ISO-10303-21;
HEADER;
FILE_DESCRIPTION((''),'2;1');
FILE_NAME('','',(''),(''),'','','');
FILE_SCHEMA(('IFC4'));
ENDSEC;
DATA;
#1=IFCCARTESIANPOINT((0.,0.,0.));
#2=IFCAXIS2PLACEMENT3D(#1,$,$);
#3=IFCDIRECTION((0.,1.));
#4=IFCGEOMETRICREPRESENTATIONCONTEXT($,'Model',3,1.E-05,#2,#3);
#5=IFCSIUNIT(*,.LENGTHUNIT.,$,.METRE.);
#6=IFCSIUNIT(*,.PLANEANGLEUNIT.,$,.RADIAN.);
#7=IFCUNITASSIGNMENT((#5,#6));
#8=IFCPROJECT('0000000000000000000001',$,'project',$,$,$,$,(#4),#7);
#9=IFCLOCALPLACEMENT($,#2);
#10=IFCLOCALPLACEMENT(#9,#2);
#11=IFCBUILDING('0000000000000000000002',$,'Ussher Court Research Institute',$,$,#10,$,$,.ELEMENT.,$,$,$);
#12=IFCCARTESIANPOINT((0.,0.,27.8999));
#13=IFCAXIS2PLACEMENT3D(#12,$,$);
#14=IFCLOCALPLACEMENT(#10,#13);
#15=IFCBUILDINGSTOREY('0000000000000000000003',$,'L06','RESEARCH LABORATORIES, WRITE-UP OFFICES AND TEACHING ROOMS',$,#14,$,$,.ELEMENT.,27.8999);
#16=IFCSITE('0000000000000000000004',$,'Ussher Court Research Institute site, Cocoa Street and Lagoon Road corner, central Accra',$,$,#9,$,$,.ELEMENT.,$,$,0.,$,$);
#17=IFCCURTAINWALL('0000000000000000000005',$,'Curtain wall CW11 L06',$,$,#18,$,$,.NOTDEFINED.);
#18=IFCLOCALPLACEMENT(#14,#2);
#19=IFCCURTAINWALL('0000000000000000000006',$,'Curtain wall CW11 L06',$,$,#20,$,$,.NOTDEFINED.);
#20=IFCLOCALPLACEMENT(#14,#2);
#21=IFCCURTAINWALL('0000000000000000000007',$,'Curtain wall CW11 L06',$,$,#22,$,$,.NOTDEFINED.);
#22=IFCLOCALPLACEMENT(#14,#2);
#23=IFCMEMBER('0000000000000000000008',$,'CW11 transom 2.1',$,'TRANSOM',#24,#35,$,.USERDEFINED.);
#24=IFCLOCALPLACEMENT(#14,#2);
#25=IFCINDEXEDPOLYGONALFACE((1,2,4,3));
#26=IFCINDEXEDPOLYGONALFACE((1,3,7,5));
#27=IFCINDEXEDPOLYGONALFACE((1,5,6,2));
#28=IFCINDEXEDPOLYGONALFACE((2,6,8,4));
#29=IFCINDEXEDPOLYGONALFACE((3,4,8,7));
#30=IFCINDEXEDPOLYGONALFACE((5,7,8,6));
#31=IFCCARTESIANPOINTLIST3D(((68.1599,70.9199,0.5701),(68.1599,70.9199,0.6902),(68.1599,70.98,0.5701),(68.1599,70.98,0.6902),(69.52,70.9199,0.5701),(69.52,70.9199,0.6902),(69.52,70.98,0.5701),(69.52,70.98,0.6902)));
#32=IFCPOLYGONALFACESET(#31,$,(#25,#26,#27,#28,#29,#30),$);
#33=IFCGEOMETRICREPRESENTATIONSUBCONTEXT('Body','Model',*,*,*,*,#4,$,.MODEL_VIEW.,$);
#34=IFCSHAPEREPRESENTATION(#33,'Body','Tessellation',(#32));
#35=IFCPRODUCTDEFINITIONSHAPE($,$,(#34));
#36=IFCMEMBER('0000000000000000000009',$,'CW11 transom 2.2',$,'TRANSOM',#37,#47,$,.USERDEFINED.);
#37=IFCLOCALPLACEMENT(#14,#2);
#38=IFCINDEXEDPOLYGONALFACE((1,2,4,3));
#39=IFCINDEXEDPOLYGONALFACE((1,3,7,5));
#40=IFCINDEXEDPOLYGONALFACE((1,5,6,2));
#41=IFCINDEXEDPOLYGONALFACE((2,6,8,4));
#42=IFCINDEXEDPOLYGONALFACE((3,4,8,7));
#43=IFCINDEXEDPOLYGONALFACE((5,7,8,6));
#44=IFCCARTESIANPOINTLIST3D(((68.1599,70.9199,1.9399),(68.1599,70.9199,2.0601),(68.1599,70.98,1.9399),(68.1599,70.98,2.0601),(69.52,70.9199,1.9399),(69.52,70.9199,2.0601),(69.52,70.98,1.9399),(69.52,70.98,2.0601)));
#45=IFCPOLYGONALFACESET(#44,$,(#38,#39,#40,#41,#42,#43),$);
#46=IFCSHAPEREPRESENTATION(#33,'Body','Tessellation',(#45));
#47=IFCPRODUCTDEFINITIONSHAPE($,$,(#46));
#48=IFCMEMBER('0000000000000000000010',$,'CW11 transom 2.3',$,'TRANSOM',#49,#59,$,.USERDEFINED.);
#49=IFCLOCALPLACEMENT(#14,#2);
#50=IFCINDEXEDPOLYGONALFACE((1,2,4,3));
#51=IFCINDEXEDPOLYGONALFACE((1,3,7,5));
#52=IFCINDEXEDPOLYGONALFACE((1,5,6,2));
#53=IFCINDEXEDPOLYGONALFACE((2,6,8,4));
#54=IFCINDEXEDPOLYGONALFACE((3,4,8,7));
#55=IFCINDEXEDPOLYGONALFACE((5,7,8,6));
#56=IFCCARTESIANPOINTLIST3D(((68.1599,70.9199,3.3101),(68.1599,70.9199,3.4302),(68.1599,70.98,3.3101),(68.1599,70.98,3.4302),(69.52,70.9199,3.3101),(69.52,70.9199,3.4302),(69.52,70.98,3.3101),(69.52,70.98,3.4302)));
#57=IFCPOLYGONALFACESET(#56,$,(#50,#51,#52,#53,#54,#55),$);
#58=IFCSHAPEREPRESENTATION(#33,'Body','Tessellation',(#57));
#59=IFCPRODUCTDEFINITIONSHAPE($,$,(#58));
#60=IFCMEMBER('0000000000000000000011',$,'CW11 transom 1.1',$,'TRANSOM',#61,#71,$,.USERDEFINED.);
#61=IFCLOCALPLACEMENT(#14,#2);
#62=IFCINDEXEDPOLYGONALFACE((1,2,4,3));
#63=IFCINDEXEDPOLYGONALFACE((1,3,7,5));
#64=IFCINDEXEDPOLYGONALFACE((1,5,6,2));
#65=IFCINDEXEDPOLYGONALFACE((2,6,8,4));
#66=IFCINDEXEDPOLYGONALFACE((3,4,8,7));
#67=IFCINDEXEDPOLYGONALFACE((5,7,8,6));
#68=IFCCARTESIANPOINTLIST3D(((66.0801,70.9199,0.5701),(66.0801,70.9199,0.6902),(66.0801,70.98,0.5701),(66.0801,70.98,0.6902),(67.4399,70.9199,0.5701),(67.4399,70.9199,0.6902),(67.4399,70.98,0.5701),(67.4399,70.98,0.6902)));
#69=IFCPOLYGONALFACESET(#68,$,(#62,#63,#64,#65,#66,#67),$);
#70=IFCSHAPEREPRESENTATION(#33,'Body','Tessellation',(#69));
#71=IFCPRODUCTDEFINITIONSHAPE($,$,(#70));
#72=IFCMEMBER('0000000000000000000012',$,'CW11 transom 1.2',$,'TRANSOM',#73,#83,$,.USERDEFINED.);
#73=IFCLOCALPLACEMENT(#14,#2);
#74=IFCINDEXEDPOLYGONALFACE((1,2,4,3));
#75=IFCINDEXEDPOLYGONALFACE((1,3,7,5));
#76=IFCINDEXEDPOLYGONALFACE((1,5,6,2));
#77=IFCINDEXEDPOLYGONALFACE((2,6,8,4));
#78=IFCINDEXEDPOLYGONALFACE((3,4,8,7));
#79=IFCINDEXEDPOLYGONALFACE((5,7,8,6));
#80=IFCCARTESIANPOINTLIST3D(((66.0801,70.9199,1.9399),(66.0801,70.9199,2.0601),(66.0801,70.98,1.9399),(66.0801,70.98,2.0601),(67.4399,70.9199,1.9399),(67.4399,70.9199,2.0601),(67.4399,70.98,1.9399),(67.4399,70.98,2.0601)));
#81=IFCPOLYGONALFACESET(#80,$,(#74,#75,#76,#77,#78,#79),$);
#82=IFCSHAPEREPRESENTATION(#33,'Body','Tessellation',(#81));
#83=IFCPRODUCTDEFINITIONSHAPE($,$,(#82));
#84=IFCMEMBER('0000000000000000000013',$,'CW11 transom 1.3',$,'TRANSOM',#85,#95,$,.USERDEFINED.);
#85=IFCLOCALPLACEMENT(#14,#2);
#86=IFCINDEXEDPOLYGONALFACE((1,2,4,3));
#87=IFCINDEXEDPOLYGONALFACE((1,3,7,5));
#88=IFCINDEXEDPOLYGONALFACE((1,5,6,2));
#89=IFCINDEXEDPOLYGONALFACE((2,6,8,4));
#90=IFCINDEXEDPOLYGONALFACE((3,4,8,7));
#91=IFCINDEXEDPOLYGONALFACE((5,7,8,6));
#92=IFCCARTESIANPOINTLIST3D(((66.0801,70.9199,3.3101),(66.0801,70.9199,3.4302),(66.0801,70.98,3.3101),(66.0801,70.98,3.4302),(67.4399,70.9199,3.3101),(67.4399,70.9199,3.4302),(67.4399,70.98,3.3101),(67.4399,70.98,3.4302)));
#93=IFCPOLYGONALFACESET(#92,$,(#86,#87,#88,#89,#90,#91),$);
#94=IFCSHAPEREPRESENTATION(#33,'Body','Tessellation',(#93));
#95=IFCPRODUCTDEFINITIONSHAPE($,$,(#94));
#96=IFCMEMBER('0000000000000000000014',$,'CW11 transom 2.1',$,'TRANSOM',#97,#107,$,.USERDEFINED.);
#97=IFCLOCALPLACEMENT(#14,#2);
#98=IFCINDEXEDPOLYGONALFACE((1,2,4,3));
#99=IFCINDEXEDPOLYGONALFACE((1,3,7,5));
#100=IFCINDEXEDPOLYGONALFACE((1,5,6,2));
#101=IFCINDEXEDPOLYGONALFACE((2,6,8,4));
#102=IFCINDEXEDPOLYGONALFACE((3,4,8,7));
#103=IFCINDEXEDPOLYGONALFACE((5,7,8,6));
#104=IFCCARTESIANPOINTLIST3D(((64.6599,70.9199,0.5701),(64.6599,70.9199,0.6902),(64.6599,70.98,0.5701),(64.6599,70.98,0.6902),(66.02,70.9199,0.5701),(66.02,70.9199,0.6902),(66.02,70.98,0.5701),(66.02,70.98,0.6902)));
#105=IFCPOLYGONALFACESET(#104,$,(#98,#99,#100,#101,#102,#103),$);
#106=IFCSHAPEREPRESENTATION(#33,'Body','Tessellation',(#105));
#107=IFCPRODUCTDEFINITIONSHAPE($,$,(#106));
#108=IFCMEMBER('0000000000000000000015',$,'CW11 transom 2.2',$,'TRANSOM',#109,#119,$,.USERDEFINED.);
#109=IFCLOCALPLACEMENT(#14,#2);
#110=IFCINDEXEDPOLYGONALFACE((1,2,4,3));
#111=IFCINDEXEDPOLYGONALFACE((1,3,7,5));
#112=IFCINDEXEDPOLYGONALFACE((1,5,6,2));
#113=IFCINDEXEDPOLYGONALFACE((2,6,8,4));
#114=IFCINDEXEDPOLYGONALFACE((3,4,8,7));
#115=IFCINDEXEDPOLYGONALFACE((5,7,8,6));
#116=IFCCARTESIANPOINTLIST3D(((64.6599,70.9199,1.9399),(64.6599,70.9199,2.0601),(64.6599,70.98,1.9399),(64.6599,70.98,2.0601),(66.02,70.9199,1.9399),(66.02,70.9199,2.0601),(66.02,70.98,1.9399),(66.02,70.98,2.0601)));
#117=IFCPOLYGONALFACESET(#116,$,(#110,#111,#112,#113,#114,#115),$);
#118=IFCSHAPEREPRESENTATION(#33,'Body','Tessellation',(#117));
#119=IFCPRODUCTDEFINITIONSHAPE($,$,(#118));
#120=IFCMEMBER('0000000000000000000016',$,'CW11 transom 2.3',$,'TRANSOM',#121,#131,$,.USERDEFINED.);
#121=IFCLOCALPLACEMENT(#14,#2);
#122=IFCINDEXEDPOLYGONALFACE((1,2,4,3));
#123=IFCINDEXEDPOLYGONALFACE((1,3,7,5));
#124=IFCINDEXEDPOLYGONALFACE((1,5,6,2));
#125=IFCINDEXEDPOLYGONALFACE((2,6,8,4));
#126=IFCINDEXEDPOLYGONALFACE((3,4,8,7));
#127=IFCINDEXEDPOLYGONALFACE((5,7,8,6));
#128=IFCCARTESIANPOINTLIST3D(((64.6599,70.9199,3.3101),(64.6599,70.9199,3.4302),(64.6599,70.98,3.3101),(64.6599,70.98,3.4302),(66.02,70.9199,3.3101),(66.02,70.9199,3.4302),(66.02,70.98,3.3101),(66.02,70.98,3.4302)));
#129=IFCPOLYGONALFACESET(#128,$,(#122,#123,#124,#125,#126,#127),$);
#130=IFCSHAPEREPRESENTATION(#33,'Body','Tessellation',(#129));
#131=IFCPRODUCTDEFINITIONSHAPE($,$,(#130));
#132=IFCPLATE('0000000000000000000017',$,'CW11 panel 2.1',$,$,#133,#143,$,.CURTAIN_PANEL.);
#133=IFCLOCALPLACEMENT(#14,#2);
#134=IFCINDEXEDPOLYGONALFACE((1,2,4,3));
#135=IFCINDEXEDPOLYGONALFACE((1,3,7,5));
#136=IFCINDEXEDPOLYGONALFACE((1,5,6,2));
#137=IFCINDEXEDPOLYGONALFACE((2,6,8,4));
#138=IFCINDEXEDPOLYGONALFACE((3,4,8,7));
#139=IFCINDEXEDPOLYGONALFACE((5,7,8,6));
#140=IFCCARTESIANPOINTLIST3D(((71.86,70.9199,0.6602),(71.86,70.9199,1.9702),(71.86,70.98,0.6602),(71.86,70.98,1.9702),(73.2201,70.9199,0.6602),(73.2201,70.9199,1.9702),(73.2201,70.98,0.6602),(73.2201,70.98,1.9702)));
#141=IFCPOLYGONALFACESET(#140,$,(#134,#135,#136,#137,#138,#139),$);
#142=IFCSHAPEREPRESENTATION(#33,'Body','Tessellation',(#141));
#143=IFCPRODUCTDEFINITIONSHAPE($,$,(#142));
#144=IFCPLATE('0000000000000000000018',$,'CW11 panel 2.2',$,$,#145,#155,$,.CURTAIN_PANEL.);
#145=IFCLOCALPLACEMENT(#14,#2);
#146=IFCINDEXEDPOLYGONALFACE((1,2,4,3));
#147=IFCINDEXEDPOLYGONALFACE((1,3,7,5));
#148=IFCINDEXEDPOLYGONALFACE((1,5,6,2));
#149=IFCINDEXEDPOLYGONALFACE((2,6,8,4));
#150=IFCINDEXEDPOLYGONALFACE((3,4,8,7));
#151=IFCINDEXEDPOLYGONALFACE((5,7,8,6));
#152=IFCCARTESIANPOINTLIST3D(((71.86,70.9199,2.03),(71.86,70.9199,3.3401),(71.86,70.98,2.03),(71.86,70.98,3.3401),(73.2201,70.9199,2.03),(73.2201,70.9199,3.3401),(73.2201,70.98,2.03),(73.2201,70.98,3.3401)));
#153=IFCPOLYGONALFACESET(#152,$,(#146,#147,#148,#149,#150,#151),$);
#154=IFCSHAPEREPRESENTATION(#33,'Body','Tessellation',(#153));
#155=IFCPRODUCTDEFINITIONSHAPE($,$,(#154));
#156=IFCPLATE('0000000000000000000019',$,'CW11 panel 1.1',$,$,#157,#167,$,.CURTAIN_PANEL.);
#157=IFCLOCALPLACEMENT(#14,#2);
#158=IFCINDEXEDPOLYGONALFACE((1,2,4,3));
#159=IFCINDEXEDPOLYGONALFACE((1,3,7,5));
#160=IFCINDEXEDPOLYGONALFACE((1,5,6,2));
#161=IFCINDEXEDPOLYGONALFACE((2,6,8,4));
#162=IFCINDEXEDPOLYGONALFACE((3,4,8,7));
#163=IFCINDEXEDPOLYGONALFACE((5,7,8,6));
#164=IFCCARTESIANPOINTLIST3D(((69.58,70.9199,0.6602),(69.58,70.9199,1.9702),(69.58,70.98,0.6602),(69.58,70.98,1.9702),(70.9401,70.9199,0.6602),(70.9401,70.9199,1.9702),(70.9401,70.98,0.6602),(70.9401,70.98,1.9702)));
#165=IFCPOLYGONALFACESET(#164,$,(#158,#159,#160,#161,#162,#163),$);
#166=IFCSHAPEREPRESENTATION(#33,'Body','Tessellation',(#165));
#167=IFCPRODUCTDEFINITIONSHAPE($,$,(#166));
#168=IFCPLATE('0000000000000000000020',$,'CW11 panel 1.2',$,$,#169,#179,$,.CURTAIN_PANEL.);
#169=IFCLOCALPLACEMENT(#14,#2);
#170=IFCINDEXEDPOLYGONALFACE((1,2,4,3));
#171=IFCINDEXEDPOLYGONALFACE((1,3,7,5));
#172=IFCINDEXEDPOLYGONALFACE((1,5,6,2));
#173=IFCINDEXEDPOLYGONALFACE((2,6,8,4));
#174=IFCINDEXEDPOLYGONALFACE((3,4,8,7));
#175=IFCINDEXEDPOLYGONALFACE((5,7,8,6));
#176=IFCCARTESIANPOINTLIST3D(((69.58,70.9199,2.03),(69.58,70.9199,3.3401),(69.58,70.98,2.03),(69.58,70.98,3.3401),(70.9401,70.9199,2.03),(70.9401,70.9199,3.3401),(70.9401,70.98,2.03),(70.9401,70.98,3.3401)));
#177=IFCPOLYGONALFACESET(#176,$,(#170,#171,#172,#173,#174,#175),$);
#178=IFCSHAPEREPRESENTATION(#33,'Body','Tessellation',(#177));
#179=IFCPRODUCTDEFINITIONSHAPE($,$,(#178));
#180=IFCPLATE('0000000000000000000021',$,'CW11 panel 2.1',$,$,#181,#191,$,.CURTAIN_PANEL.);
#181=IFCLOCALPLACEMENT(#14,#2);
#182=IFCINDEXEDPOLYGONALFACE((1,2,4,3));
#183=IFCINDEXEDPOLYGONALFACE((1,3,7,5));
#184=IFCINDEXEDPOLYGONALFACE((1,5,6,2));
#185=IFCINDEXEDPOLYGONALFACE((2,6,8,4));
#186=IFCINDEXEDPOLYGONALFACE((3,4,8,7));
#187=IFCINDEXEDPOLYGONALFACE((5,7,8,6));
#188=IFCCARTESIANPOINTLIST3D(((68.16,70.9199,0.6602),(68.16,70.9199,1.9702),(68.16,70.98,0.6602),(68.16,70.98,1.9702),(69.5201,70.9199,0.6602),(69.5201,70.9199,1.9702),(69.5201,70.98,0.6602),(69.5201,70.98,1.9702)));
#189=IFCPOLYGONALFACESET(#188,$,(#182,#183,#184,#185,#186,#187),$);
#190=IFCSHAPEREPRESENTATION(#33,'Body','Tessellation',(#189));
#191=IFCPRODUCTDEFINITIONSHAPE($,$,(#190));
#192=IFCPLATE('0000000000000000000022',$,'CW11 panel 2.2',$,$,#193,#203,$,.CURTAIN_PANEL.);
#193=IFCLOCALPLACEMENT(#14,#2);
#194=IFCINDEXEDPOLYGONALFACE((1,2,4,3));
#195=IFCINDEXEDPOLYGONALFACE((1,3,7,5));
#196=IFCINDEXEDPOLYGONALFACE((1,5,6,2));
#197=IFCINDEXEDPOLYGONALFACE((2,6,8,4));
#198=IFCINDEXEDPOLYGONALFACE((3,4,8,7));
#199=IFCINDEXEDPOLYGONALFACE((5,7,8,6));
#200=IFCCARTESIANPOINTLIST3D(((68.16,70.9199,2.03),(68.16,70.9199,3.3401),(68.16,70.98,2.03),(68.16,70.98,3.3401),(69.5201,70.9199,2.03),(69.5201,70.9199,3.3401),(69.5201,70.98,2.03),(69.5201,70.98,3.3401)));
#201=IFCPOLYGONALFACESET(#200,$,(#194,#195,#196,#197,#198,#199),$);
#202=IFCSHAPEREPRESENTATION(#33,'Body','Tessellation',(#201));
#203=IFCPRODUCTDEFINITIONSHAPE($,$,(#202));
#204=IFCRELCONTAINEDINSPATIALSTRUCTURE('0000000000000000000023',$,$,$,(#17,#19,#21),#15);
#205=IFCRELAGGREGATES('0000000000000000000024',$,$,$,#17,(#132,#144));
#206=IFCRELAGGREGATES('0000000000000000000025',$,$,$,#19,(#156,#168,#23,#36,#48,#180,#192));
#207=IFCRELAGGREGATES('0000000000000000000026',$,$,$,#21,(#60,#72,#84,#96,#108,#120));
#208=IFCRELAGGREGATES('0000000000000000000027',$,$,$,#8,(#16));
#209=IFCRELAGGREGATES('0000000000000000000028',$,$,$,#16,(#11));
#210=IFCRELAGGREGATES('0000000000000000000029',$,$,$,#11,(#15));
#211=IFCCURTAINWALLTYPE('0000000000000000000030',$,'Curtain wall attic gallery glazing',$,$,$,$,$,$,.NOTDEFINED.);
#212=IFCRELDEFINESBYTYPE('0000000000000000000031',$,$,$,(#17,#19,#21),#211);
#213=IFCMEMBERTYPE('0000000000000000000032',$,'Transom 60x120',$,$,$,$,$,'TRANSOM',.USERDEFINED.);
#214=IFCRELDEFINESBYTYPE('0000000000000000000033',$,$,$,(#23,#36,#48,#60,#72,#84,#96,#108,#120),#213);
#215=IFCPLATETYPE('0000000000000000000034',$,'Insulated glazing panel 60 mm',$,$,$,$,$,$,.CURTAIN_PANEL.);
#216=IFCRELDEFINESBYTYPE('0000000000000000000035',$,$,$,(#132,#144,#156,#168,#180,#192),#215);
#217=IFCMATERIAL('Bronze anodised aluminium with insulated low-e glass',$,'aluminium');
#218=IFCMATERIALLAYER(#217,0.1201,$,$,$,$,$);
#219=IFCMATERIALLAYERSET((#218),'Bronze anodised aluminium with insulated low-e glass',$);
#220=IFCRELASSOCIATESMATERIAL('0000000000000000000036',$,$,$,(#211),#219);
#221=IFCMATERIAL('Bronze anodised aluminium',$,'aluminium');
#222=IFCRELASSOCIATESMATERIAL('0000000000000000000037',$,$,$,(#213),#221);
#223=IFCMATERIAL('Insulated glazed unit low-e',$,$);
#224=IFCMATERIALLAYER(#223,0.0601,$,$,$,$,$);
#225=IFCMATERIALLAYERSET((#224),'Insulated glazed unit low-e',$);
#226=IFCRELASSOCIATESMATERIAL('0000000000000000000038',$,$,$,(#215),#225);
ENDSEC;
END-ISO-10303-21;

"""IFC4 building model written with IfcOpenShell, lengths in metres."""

from ifc_helpers import new_model, si_unit, direction, frame, origin, origin_2d, place, context, subcontext, project, spatial, rectangle, extrude, material, layer, layer_set, material_profile, profile_set, type_object, element, aggregate, save


model = new_model("IFC4")

# Units and contexts
model_context = context("Model", 3, precision=1e-05, world=origin(), true_north=direction((0.0, 1.0)))
body_context = subcontext(model_context, "Body", "Model", "MODEL_VIEW")
ifc_project = project(units=[si_unit("LENGTHUNIT", "METRE"), si_unit("PLANEANGLEUNIT", "RADIAN")], contexts=[model_context])

# Site, building, storey
site_placement = place(None, origin())
site = spatial("IfcSite", under=ifc_project, at=site_placement, Name="Ussher Court Research Institute site, Cocoa Street and Lagoon Road corner, central Accra", CompositionType="ELEMENT", RefElevation=0.0)
building_placement = place(site_placement, origin())
building = spatial("IfcBuilding", under=site, at=building_placement, Name="Ussher Court Research Institute", CompositionType="ELEMENT")
storey_placement = place(building_placement, frame((0.0, 0.0, 27.8999)))
storey = spatial("IfcBuildingStorey", under=building, at=storey_placement, Name="L06", Description="RESEARCH LABORATORIES, WRITE-UP OFFICES AND TEACHING ROOMS", CompositionType="ELEMENT", Elevation=27.8999)

# Curtain wall
ifc_material_1 = material(Name="Bronze anodised aluminium with insulated low-e glass", Category="aluminium")
ifc_layer_1 = layer(ifc_material_1, 0.1201)
ifc_layer_set_1 = layer_set([ifc_layer_1], Name="Bronze anodised aluminium with insulated low-e glass")
curtain_wall_type = type_object("IfcCurtainWallType", Name="Curtain wall attic gallery glazing", PredefinedType="NOTDEFINED", material=ifc_layer_set_1)
curtain_wall_1_placement = place(storey_placement, origin())
curtain_wall_1 = element("IfcCurtainWall", 1, at=curtain_wall_1_placement, inside=storey, type_object=curtain_wall_type, Name="Curtain wall CW11 L06", PredefinedType="NOTDEFINED")

# Curtain walls
curtain_wall_2_placement = place(storey_placement, origin())
curtain_wall_2 = element("IfcCurtainWall", 2, at=curtain_wall_2_placement, inside=storey, type_object=curtain_wall_type, Name="Curtain wall CW11 L06", PredefinedType="NOTDEFINED")
curtain_wall_3_placement = place(storey_placement, origin())
curtain_wall_3 = element("IfcCurtainWall", 3, at=curtain_wall_3_placement, inside=storey, type_object=curtain_wall_type, Name="Curtain wall CW11 L06", PredefinedType="NOTDEFINED")

# Members
ifc_material_2 = material(Name="Bronze anodised aluminium", Category="aluminium")
ifc_material_profile_1 = material_profile(ifc_material_2, rectangle(XDim=0.0601, YDim=0.1201, at=origin_2d()), Name="Transom 60x120")
ifc_profile_set_1 = profile_set([ifc_material_profile_1], Name="Bronze anodised aluminium")
member_type_1 = type_object("IfcMemberType", Name="Transom 60x120", ElementType="TRANSOM", PredefinedType="USERDEFINED", material=ifc_profile_set_1)
member_1_placement = place(storey_placement, frame((69.52, 70.95, 0.6301), z_axis=(-1.0, 0.0, 0.0), x_axis=(0.0, -1.0, 0.0)))
member_1 = element("IfcMember", 4, at=member_1_placement, type_object=member_type_1, Name="CW11 transom 2.1", ObjectType="TRANSOM", PredefinedType="USERDEFINED", context=body_context, shape_type="SweptSolid", body=[
    extrude(rectangle(XDim=0.0601, YDim=0.1201, at=origin_2d()), origin(), (0.0, 0.0, 1.0), 1.3601),
])
member_2_placement = place(storey_placement, frame((69.52, 70.95, 2.0), z_axis=(-1.0, 0.0, 0.0), x_axis=(0.0, -1.0, 0.0)))
member_2 = element("IfcMember", 5, at=member_2_placement, type_object=member_type_1, Name="CW11 transom 2.2", ObjectType="TRANSOM", PredefinedType="USERDEFINED", context=body_context, shape_type="SweptSolid", body=[
    extrude(rectangle(XDim=0.0601, YDim=0.1201, at=origin_2d()), origin(), (0.0, 0.0, 1.0), 1.3601),
])
member_3_placement = place(storey_placement, frame((69.52, 70.95, 3.3701), z_axis=(-1.0, 0.0, 0.0), x_axis=(0.0, -1.0, 0.0)))
member_3 = element("IfcMember", 6, at=member_3_placement, type_object=member_type_1, Name="CW11 transom 2.3", ObjectType="TRANSOM", PredefinedType="USERDEFINED", context=body_context, shape_type="SweptSolid", body=[
    extrude(rectangle(XDim=0.0601, YDim=0.1201, at=origin_2d()), origin(), (0.0, 0.0, 1.0), 1.3601),
])
member_4_placement = place(storey_placement, frame((67.4399, 70.95, 0.6301), z_axis=(-1.0, 0.0, 0.0), x_axis=(0.0, -1.0, 0.0)))
member_4 = element("IfcMember", 7, at=member_4_placement, type_object=member_type_1, Name="CW11 transom 1.1", ObjectType="TRANSOM", PredefinedType="USERDEFINED", context=body_context, shape_type="SweptSolid", body=[
    extrude(rectangle(XDim=0.0601, YDim=0.1201, at=origin_2d()), origin(), (0.0, 0.0, 1.0), 1.3599),
])
member_5_placement = place(storey_placement, frame((67.4399, 70.95, 2.0), z_axis=(-1.0, 0.0, 0.0), x_axis=(0.0, -1.0, 0.0)))
member_5 = element("IfcMember", 8, at=member_5_placement, type_object=member_type_1, Name="CW11 transom 1.2", ObjectType="TRANSOM", PredefinedType="USERDEFINED", context=body_context, shape_type="SweptSolid", body=[
    extrude(rectangle(XDim=0.0601, YDim=0.1201, at=origin_2d()), origin(), (0.0, 0.0, 1.0), 1.3599),
])
member_6_placement = place(storey_placement, frame((67.4399, 70.95, 3.3701), z_axis=(-1.0, 0.0, 0.0), x_axis=(0.0, -1.0, 0.0)))
member_6 = element("IfcMember", 9, at=member_6_placement, type_object=member_type_1, Name="CW11 transom 1.3", ObjectType="TRANSOM", PredefinedType="USERDEFINED", context=body_context, shape_type="SweptSolid", body=[
    extrude(rectangle(XDim=0.0601, YDim=0.1201, at=origin_2d()), origin(), (0.0, 0.0, 1.0), 1.3599),
])
member_7_placement = place(storey_placement, frame((66.02, 70.95, 0.6301), z_axis=(-1.0, 0.0, 0.0), x_axis=(0.0, -1.0, 0.0)))
member_7 = element("IfcMember", 10, at=member_7_placement, type_object=member_type_1, Name="CW11 transom 2.1", ObjectType="TRANSOM", PredefinedType="USERDEFINED", context=body_context, shape_type="SweptSolid", body=[
    extrude(rectangle(XDim=0.0601, YDim=0.1201, at=origin_2d()), origin(), (0.0, 0.0, 1.0), 1.3601),
])
member_8_placement = place(storey_placement, frame((66.02, 70.95, 2.0), z_axis=(-1.0, 0.0, 0.0), x_axis=(0.0, -1.0, 0.0)))
member_8 = element("IfcMember", 11, at=member_8_placement, type_object=member_type_1, Name="CW11 transom 2.2", ObjectType="TRANSOM", PredefinedType="USERDEFINED", context=body_context, shape_type="SweptSolid", body=[
    extrude(rectangle(XDim=0.0601, YDim=0.1201, at=origin_2d()), origin(), (0.0, 0.0, 1.0), 1.3601),
])
member_9_placement = place(storey_placement, frame((66.02, 70.95, 3.3701), z_axis=(-1.0, 0.0, 0.0), x_axis=(0.0, -1.0, 0.0)))
member_9 = element("IfcMember", 12, at=member_9_placement, type_object=member_type_1, Name="CW11 transom 2.3", ObjectType="TRANSOM", PredefinedType="USERDEFINED", context=body_context, shape_type="SweptSolid", body=[
    extrude(rectangle(XDim=0.0601, YDim=0.1201, at=origin_2d()), origin(), (0.0, 0.0, 1.0), 1.3601),
])

# Plates
ifc_material_3 = material(Name="Insulated glazed unit low-e")
ifc_layer_2 = layer(ifc_material_3, 0.0601)
ifc_layer_set_2 = layer_set([ifc_layer_2], Name="Insulated glazed unit low-e")
plate_type = type_object("IfcPlateType", Name="Insulated glazing panel 60 mm", PredefinedType="CURTAIN_PANEL", material=ifc_layer_set_2)
plate_1_placement = place(storey_placement, frame((72.54, 70.95, 0.6602), z_axis=(0.0, 0.0, 1.0), x_axis=(-1.0, 0.0, 0.0)))
plate_1 = element("IfcPlate", 13, at=plate_1_placement, type_object=plate_type, Name="CW11 panel 2.1", PredefinedType="CURTAIN_PANEL", context=body_context, shape_type="SweptSolid", body=[
    extrude(rectangle(XDim=1.3601, YDim=0.0601, at=origin_2d()), origin(), (0.0, 0.0, 1.0), 1.3101),
])
plate_2_placement = place(storey_placement, frame((72.54, 70.95, 2.03), z_axis=(0.0, 0.0, 1.0), x_axis=(-1.0, 0.0, 0.0)))
plate_2 = element("IfcPlate", 14, at=plate_2_placement, type_object=plate_type, Name="CW11 panel 2.2", PredefinedType="CURTAIN_PANEL", context=body_context, shape_type="SweptSolid", body=[
    extrude(rectangle(XDim=1.3601, YDim=0.0601, at=origin_2d()), origin(), (0.0, 0.0, 1.0), 1.3101),
])
aggregate(curtain_wall_1, [plate_1, plate_2])
plate_3_placement = place(storey_placement, frame((70.26, 70.95, 0.6602), z_axis=(0.0, 0.0, 1.0), x_axis=(-1.0, 0.0, 0.0)))
plate_3 = element("IfcPlate", 15, at=plate_3_placement, type_object=plate_type, Name="CW11 panel 1.1", PredefinedType="CURTAIN_PANEL", context=body_context, shape_type="SweptSolid", body=[
    extrude(rectangle(XDim=1.3601, YDim=0.0601, at=origin_2d()), origin(), (0.0, 0.0, 1.0), 1.3101),
])
plate_4_placement = place(storey_placement, frame((70.26, 70.95, 2.03), z_axis=(0.0, 0.0, 1.0), x_axis=(-1.0, 0.0, 0.0)))
plate_4 = element("IfcPlate", 16, at=plate_4_placement, type_object=plate_type, Name="CW11 panel 1.2", PredefinedType="CURTAIN_PANEL", context=body_context, shape_type="SweptSolid", body=[
    extrude(rectangle(XDim=1.3601, YDim=0.0601, at=origin_2d()), origin(), (0.0, 0.0, 1.0), 1.3101),
])
plate_5_placement = place(storey_placement, frame((68.8401, 70.95, 0.6602), z_axis=(0.0, 0.0, 1.0), x_axis=(-1.0, 0.0, 0.0)))
plate_5 = element("IfcPlate", 17, at=plate_5_placement, type_object=plate_type, Name="CW11 panel 2.1", PredefinedType="CURTAIN_PANEL", context=body_context, shape_type="SweptSolid", body=[
    extrude(rectangle(XDim=1.3601, YDim=0.0601, at=origin_2d()), origin(), (0.0, 0.0, 1.0), 1.3101),
])
plate_6_placement = place(storey_placement, frame((68.8401, 70.95, 2.03), z_axis=(0.0, 0.0, 1.0), x_axis=(-1.0, 0.0, 0.0)))
plate_6 = element("IfcPlate", 18, at=plate_6_placement, type_object=plate_type, Name="CW11 panel 2.2", PredefinedType="CURTAIN_PANEL", context=body_context, shape_type="SweptSolid", body=[
    extrude(rectangle(XDim=1.3601, YDim=0.0601, at=origin_2d()), origin(), (0.0, 0.0, 1.0), 1.3101),
])
aggregate(curtain_wall_2, [plate_3, plate_4, member_1, member_2, member_3, plate_5, plate_6])
aggregate(curtain_wall_3, [member_4, member_5, member_6, member_7, member_8, member_9])

save(model, "model.ifc")
